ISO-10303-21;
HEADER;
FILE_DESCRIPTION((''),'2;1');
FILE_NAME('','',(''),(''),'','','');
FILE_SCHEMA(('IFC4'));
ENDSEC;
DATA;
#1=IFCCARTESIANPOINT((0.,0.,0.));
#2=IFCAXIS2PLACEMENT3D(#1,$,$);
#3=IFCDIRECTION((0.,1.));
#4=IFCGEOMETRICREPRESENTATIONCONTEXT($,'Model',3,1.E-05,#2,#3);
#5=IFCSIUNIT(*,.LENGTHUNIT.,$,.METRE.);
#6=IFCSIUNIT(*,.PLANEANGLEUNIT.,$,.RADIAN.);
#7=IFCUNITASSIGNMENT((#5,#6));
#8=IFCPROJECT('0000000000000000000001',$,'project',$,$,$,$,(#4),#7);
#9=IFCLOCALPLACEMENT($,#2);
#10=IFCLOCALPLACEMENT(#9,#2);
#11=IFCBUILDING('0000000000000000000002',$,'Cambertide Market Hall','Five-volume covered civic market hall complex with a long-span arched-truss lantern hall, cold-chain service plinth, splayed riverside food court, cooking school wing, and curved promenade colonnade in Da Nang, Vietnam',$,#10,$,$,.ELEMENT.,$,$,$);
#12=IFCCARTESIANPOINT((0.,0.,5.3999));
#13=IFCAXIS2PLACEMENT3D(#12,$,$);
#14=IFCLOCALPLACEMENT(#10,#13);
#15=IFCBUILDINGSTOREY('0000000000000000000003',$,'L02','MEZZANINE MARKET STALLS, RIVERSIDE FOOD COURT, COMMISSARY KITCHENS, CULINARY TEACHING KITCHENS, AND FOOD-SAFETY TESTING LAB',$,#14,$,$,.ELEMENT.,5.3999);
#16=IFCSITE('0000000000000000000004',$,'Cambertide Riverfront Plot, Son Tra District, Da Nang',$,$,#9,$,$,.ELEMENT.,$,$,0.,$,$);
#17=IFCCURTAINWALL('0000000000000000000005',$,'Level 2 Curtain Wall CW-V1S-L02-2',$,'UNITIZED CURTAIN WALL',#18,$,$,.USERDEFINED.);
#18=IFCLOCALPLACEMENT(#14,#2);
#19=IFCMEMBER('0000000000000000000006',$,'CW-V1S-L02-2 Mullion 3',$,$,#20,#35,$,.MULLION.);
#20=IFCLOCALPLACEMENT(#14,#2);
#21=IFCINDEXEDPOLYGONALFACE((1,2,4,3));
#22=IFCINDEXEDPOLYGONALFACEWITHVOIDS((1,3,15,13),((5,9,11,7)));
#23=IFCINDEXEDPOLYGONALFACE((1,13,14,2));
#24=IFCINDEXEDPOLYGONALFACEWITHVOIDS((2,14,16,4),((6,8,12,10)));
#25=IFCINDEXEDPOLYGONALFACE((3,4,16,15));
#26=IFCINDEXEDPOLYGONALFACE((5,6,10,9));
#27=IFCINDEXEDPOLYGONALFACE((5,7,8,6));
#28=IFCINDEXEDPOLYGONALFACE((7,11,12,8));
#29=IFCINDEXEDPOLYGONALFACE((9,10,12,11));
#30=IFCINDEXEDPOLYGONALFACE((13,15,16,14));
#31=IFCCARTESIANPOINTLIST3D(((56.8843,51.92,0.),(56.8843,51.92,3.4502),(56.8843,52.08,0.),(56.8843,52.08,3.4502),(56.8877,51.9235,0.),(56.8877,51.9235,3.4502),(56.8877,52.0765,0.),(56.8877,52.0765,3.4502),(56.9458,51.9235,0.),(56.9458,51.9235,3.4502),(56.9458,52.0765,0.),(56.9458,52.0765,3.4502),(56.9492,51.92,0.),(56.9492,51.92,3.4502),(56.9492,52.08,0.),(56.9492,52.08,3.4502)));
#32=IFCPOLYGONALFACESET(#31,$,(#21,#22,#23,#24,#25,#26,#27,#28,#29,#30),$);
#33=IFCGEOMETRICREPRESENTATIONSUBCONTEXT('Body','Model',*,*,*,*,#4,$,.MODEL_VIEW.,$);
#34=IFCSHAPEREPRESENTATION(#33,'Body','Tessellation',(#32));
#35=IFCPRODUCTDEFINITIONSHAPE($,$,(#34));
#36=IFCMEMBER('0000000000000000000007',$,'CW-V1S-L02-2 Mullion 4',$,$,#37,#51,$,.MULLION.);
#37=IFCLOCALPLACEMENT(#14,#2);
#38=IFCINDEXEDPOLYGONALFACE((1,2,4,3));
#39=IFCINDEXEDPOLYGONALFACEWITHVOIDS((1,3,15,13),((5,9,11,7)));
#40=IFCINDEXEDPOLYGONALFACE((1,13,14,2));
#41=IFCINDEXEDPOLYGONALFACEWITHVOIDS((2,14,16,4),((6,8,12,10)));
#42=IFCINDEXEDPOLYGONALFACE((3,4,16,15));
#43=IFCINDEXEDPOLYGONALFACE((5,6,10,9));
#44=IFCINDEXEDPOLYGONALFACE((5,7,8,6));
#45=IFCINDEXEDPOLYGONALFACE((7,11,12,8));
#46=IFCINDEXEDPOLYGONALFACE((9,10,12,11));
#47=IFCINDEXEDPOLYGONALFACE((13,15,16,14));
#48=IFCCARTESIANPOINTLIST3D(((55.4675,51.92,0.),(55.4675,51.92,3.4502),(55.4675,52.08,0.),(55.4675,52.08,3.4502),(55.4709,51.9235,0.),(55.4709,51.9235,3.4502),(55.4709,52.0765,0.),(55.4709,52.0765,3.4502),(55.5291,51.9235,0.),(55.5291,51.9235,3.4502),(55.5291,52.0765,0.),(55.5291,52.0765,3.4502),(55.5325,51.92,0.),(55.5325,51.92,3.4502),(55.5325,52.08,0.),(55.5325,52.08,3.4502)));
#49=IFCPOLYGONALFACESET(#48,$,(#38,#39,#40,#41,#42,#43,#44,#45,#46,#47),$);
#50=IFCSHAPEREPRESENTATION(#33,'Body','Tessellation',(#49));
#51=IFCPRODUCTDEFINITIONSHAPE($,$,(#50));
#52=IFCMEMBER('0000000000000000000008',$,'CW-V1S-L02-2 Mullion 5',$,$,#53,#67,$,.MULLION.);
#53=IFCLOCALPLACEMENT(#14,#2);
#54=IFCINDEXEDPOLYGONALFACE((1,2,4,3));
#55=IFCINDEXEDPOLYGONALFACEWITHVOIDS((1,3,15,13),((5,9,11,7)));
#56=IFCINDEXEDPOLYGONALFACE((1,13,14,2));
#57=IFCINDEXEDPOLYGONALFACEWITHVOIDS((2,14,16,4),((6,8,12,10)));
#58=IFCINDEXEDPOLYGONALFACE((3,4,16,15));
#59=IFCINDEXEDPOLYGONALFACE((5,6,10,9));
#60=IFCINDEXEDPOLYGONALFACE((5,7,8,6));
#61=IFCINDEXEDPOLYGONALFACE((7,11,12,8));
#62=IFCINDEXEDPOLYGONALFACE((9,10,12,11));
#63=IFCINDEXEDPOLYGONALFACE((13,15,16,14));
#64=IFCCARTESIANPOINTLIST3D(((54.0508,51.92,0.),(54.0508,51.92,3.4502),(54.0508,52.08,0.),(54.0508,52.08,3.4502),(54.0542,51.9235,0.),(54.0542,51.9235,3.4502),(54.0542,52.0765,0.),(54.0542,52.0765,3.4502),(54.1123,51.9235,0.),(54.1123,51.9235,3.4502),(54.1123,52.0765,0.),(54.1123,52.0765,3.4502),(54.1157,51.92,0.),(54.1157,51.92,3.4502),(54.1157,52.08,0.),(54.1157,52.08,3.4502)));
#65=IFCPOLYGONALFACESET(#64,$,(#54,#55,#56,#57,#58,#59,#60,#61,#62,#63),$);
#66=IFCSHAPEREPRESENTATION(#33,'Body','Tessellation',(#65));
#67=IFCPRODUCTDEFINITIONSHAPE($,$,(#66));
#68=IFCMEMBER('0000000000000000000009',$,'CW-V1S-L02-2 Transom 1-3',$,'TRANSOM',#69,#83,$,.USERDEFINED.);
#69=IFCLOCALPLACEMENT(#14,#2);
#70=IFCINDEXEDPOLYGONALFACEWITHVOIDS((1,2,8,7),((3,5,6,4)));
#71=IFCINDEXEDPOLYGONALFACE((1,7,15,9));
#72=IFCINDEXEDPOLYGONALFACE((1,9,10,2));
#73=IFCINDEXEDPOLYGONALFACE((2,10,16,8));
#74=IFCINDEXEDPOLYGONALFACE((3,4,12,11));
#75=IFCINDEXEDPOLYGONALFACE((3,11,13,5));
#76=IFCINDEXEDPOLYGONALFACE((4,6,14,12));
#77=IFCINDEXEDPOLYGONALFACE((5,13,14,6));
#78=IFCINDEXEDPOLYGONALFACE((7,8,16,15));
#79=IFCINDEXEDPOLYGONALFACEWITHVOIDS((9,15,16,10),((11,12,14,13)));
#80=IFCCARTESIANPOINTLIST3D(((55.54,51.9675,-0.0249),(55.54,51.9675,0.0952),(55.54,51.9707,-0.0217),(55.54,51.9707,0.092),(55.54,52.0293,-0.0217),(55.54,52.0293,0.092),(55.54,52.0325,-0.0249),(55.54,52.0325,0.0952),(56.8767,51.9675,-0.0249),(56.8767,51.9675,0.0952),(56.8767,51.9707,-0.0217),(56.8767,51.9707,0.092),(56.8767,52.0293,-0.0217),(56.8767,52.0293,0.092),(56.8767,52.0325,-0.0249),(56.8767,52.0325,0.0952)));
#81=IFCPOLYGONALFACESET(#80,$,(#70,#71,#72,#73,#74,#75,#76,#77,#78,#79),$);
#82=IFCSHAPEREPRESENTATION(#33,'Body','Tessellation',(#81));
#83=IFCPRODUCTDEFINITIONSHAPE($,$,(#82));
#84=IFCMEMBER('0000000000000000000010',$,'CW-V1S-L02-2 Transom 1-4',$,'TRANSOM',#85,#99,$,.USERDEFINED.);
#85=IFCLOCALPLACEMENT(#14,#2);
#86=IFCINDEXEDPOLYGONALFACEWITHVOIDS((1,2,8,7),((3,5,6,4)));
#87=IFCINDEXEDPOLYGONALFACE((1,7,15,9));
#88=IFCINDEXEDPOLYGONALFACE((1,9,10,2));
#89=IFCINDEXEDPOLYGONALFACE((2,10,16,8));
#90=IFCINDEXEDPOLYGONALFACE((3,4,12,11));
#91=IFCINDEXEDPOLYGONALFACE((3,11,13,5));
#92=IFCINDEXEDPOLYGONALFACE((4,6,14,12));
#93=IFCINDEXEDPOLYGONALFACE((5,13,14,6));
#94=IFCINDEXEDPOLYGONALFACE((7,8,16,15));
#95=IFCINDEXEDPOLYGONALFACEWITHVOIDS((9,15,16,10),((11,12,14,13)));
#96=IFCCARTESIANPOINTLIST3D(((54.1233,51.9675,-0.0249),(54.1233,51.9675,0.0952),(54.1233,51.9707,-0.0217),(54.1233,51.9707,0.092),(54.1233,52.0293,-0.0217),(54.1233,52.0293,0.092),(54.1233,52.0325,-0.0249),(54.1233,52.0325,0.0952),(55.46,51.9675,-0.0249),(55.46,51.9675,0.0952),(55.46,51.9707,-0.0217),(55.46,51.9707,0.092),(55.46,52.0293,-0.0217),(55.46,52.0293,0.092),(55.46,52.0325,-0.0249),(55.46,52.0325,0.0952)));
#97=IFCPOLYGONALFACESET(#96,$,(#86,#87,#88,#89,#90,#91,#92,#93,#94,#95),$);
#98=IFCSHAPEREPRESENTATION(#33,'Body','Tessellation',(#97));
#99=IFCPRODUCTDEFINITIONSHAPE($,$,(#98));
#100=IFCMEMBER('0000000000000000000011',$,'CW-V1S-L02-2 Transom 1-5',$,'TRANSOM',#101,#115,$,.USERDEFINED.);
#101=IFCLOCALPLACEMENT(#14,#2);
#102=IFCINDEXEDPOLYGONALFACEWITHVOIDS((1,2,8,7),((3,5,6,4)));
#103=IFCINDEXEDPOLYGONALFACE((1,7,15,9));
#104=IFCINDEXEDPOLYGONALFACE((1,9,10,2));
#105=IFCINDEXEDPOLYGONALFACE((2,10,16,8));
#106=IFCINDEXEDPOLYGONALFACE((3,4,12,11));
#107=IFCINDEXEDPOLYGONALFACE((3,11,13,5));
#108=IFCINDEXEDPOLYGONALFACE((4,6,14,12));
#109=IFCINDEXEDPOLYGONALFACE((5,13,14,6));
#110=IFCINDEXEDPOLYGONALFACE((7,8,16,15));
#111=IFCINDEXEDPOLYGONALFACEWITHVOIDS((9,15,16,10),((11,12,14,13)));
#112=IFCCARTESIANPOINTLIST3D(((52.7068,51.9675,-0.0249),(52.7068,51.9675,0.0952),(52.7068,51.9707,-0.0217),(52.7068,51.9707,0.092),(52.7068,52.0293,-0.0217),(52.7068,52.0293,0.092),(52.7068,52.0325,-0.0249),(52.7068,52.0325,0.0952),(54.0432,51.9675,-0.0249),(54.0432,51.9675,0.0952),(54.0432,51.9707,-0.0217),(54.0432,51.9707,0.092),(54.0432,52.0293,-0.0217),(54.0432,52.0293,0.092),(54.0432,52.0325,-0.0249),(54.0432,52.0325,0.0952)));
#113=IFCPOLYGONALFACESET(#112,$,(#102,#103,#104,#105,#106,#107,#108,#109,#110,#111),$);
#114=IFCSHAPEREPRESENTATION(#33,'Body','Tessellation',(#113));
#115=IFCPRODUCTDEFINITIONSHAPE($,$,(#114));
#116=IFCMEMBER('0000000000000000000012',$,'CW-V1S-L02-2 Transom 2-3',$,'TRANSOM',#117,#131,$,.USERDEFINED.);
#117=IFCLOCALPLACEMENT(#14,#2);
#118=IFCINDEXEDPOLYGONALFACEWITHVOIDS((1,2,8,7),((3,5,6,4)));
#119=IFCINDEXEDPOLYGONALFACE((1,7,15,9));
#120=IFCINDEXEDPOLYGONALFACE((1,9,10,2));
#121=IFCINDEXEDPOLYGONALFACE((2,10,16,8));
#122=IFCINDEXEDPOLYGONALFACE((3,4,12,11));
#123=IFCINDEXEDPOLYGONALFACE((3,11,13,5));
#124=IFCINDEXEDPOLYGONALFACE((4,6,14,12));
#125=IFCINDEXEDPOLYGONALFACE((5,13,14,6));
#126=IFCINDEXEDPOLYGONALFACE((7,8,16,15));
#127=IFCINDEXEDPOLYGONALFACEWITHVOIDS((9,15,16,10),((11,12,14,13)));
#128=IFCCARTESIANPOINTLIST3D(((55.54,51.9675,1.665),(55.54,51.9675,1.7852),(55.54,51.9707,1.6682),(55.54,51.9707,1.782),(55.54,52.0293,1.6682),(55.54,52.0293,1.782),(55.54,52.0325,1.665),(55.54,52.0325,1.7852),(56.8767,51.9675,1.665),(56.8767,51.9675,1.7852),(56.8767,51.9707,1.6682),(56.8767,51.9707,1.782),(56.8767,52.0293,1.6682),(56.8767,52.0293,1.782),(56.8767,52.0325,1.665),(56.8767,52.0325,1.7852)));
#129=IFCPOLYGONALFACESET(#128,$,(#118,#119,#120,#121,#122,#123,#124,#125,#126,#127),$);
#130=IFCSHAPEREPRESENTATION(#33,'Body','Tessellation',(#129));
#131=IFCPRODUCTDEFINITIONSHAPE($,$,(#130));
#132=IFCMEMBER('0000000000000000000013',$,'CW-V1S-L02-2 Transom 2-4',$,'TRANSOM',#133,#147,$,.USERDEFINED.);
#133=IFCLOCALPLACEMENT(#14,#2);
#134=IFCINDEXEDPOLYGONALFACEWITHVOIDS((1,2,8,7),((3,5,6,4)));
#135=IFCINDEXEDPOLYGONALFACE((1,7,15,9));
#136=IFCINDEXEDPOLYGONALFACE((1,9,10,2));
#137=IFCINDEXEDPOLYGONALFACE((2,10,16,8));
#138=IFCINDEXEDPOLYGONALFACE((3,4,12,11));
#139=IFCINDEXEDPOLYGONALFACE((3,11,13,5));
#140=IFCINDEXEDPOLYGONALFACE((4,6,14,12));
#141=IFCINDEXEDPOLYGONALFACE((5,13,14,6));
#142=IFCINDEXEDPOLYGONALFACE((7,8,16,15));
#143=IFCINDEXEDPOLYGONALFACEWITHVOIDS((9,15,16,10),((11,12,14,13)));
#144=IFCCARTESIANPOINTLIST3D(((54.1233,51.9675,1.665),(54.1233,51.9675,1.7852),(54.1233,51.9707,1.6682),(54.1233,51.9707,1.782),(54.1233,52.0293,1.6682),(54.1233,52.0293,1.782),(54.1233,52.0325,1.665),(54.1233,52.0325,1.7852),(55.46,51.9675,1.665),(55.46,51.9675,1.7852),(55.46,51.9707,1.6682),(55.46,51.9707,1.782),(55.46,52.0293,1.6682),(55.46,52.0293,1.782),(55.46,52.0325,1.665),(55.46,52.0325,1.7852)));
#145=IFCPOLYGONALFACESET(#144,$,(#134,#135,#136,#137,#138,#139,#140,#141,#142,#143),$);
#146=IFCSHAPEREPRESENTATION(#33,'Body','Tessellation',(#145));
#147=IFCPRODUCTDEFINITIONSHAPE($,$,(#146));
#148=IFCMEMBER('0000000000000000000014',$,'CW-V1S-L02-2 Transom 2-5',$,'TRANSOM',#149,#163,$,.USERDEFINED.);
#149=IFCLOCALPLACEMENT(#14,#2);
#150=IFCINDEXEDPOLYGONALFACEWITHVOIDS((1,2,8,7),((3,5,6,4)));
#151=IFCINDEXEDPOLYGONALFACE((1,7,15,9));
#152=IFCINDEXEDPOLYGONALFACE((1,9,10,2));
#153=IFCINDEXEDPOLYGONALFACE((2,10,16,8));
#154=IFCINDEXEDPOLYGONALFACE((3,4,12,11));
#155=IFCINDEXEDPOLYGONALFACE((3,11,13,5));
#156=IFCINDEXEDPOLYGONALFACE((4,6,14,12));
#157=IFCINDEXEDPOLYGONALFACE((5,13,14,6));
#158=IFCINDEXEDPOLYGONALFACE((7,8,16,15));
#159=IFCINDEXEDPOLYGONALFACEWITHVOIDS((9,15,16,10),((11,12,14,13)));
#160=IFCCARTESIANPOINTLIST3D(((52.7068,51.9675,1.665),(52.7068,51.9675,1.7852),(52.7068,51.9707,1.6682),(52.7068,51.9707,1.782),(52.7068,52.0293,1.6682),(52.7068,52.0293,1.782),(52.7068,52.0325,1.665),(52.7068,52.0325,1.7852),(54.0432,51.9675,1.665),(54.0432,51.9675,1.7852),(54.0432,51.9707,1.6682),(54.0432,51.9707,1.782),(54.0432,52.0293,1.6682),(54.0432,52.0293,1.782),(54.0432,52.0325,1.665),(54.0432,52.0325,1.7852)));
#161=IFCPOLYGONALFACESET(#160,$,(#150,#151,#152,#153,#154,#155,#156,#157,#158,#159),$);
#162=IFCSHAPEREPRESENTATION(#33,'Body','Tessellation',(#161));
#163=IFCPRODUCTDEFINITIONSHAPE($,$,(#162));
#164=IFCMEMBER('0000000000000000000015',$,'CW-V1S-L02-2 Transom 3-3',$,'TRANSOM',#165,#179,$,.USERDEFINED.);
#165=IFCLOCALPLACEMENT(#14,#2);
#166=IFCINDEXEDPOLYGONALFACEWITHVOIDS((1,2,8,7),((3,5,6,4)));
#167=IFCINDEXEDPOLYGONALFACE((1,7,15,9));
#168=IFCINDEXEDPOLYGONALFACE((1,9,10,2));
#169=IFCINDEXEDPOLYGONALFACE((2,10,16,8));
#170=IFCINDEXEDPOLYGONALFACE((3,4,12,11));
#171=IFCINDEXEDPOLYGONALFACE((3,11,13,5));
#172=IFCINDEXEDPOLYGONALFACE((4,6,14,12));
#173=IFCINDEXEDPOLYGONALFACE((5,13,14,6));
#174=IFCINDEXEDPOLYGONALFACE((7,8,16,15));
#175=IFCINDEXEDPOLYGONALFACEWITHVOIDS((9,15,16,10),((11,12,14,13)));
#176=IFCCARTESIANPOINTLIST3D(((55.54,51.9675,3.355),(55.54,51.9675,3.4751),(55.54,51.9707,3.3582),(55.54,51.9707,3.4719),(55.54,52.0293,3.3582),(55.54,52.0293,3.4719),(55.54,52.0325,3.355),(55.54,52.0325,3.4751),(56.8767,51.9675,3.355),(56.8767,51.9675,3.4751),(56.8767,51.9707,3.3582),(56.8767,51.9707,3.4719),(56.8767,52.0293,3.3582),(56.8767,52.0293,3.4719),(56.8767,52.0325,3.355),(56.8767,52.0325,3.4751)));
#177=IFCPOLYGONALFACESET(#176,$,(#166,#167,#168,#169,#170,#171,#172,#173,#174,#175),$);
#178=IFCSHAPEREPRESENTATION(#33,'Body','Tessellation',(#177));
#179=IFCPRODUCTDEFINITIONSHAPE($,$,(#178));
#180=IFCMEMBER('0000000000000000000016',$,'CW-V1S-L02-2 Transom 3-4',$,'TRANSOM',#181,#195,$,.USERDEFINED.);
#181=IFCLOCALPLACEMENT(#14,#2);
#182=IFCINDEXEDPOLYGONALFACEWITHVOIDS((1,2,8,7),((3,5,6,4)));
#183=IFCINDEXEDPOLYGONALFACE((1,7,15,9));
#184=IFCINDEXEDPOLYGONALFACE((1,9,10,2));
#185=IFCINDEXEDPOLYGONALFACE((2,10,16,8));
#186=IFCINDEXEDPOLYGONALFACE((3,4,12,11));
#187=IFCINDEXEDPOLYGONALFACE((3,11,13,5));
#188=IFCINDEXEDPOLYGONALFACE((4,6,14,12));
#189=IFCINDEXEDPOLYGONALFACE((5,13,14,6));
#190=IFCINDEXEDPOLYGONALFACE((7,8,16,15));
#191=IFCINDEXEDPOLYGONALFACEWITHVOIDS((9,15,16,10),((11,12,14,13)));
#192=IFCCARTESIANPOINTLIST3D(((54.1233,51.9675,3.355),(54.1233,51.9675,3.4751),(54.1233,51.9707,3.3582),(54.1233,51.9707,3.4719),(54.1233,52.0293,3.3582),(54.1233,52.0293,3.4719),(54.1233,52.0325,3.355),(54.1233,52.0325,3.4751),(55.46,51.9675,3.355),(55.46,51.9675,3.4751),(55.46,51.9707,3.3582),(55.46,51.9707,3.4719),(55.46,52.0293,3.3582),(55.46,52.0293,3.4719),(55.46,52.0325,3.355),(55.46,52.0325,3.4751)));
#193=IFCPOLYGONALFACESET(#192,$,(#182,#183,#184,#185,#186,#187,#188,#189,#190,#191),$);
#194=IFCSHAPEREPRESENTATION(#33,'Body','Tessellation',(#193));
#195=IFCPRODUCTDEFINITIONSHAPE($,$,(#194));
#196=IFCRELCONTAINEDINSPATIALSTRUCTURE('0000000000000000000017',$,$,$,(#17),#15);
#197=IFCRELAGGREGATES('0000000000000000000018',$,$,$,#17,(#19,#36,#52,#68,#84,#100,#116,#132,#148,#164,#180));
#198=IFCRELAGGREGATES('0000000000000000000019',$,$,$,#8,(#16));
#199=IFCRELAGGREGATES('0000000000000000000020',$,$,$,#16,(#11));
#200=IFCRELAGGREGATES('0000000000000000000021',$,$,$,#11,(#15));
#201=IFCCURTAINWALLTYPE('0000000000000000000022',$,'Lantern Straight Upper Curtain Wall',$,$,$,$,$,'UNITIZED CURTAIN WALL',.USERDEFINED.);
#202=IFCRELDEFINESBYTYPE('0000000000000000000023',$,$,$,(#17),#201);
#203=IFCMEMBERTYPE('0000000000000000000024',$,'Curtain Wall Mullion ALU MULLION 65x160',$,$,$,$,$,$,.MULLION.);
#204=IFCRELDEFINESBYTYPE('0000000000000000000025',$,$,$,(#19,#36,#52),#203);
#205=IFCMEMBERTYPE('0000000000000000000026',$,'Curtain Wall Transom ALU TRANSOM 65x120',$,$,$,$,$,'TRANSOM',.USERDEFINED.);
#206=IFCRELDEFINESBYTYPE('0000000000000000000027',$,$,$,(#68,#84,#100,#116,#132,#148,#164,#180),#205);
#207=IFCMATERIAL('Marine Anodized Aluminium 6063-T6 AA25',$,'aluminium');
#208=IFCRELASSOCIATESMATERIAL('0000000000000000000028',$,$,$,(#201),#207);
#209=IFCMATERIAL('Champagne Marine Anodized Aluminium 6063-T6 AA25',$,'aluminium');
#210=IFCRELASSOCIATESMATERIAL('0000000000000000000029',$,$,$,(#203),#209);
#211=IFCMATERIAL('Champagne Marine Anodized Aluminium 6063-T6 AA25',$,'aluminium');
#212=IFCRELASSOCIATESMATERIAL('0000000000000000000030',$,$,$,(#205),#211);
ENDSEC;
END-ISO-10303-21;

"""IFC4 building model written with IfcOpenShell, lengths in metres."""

from ifc_helpers import new_model, si_unit, direction, frame, origin, origin_2d, place, context, subcontext, project, spatial, hollow_rectangle, extrude, material, material_profile, profile_set, type_object, element, aggregate, save


model = new_model("IFC4")

# Units and contexts
model_context = context("Model", 3, precision=1e-05, world=origin(), true_north=direction((0.0, 1.0)))
body_context = subcontext(model_context, "Body", "Model", "MODEL_VIEW")
ifc_project = project(units=[si_unit("LENGTHUNIT", "METRE"), si_unit("PLANEANGLEUNIT", "RADIAN")], contexts=[model_context])

# Site, building, storey
site_placement = place(None, origin())
site = spatial("IfcSite", under=ifc_project, at=site_placement, Name="Cambertide Riverfront Plot, Son Tra District, Da Nang", CompositionType="ELEMENT", RefElevation=0.0)
building_placement = place(site_placement, origin())
building = spatial("IfcBuilding", under=site, at=building_placement, Name="Cambertide Market Hall", Description="Five-volume covered civic market hall complex with a long-span arched-truss lantern hall, cold-chain service plinth, splayed riverside food court, cooking school wing, and curved promenade colonnade in Da Nang, Vietnam", CompositionType="ELEMENT")
storey_placement = place(building_placement, frame((0.0, 0.0, 5.3999)))
storey = spatial("IfcBuildingStorey", under=building, at=storey_placement, Name="L02", Description="MEZZANINE MARKET STALLS, RIVERSIDE FOOD COURT, COMMISSARY KITCHENS, CULINARY TEACHING KITCHENS, AND FOOD-SAFETY TESTING LAB", CompositionType="ELEMENT", Elevation=5.3999)

# Curtain wall, members
ifc_material_1 = material(Name="Marine Anodized Aluminium 6063-T6 AA25", Category="aluminium")
curtain_wall_type = type_object("IfcCurtainWallType", Name="Lantern Straight Upper Curtain Wall", ElementType="UNITIZED CURTAIN WALL", PredefinedType="USERDEFINED", material=ifc_material_1)
curtain_wall_placement = place(storey_placement, origin())
curtain_wall = element("IfcCurtainWall", 1, at=curtain_wall_placement, inside=storey, type_object=curtain_wall_type, Name="Level 2 Curtain Wall CW-V1S-L02-2", ObjectType="UNITIZED CURTAIN WALL", PredefinedType="USERDEFINED")
ifc_material_2 = material(Name="Champagne Marine Anodized Aluminium 6063-T6 AA25", Category="aluminium")
ifc_material_profile_1 = material_profile(ifc_material_2, hollow_rectangle(XDim=0.0649, YDim=0.1599, WallThickness=0.0034, at=origin_2d()), Name="ALU MULLION 65x160")
ifc_profile_set_1 = profile_set([ifc_material_profile_1], Name="Champagne Marine Anodized Aluminium 6063-T6 AA25")
member_type_1 = type_object("IfcMemberType", Name="Curtain Wall Mullion ALU MULLION 65x160", PredefinedType="MULLION", material=ifc_profile_set_1)
member_1_placement = place(storey_placement, frame((56.9167, 52.0, 0.0), z_axis=(0.0, 0.0, 1.0), x_axis=(-1.0, 0.0, 0.0)))
member_1 = element("IfcMember", 2, at=member_1_placement, type_object=member_type_1, Name="CW-V1S-L02-2 Mullion 3", PredefinedType="MULLION", context=body_context, shape_type="SweptSolid", body=[
    extrude(hollow_rectangle(XDim=0.0649, YDim=0.1599, WallThickness=0.0034, at=origin_2d()), origin(), (0.0, 0.0, 1.0), 3.4502),
])
member_2_placement = place(storey_placement, frame((55.5, 52.0, 0.0), z_axis=(0.0, 0.0, 1.0), x_axis=(-1.0, 0.0, 0.0)))
member_2 = element("IfcMember", 3, at=member_2_placement, type_object=member_type_1, Name="CW-V1S-L02-2 Mullion 4", PredefinedType="MULLION", context=body_context, shape_type="SweptSolid", body=[
    extrude(hollow_rectangle(XDim=0.0649, YDim=0.1599, WallThickness=0.0034, at=origin_2d()), origin(), (0.0, 0.0, 1.0), 3.4502),
])
member_3_placement = place(storey_placement, frame((54.0833, 52.0, 0.0), z_axis=(0.0, 0.0, 1.0), x_axis=(-1.0, 0.0, 0.0)))
member_3 = element("IfcMember", 4, at=member_3_placement, type_object=member_type_1, Name="CW-V1S-L02-2 Mullion 5", PredefinedType="MULLION", context=body_context, shape_type="SweptSolid", body=[
    extrude(hollow_rectangle(XDim=0.0649, YDim=0.1599, WallThickness=0.0034, at=origin_2d()), origin(), (0.0, 0.0, 1.0), 3.4502),
])
ifc_material_3 = material(Name="Champagne Marine Anodized Aluminium 6063-T6 AA25", Category="aluminium")
ifc_material_profile_2 = material_profile(ifc_material_3, hollow_rectangle(XDim=0.0649, YDim=0.1201, WallThickness=0.0032, at=origin_2d()), Name="ALU TRANSOM 65x120")
ifc_profile_set_2 = profile_set([ifc_material_profile_2], Name="Champagne Marine Anodized Aluminium 6063-T6 AA25")
member_type_2 = type_object("IfcMemberType", Name="Curtain Wall Transom ALU TRANSOM 65x120", ElementType="TRANSOM", PredefinedType="USERDEFINED", material=ifc_profile_set_2)
member_4_placement = place(storey_placement, frame((56.8767, 52.0, 0.0352), z_axis=(-1.0, 0.0, 0.0), x_axis=(0.0, -1.0, 0.0)))
member_4 = element("IfcMember", 5, at=member_4_placement, type_object=member_type_2, Name="CW-V1S-L02-2 Transom 1-3", ObjectType="TRANSOM", PredefinedType="USERDEFINED", context=body_context, shape_type="SweptSolid", body=[
    extrude(hollow_rectangle(XDim=0.0649, YDim=0.1201, WallThickness=0.0032, at=origin_2d()), origin(), (0.0, 0.0, 1.0), 1.3367),
])
member_5_placement = place(storey_placement, frame((55.46, 52.0, 0.0352), z_axis=(-1.0, 0.0, 0.0), x_axis=(0.0, -1.0, 0.0)))
member_5 = element("IfcMember", 6, at=member_5_placement, type_object=member_type_2, Name="CW-V1S-L02-2 Transom 1-4", ObjectType="TRANSOM", PredefinedType="USERDEFINED", context=body_context, shape_type="SweptSolid", body=[
    extrude(hollow_rectangle(XDim=0.0649, YDim=0.1201, WallThickness=0.0032, at=origin_2d()), origin(), (0.0, 0.0, 1.0), 1.3367),
])
member_6_placement = place(storey_placement, frame((54.0432, 52.0, 0.0352), z_axis=(-1.0, 0.0, 0.0), x_axis=(0.0, -1.0, 0.0)))
member_6 = element("IfcMember", 7, at=member_6_placement, type_object=member_type_2, Name="CW-V1S-L02-2 Transom 1-5", ObjectType="TRANSOM", PredefinedType="USERDEFINED", context=body_context, shape_type="SweptSolid", body=[
    extrude(hollow_rectangle(XDim=0.0649, YDim=0.1201, WallThickness=0.0032, at=origin_2d()), origin(), (0.0, 0.0, 1.0), 1.3364),
])
member_7_placement = place(storey_placement, frame((56.8767, 52.0, 1.7251), z_axis=(-1.0, 0.0, 0.0), x_axis=(0.0, -1.0, 0.0)))
member_7 = element("IfcMember", 8, at=member_7_placement, type_object=member_type_2, Name="CW-V1S-L02-2 Transom 2-3", ObjectType="TRANSOM", PredefinedType="USERDEFINED", context=body_context, shape_type="SweptSolid", body=[
    extrude(hollow_rectangle(XDim=0.0649, YDim=0.1201, WallThickness=0.0032, at=origin_2d()), origin(), (0.0, 0.0, 1.0), 1.3367),
])
member_8_placement = place(storey_placement, frame((55.46, 52.0, 1.7251), z_axis=(-1.0, 0.0, 0.0), x_axis=(0.0, -1.0, 0.0)))
member_8 = element("IfcMember", 9, at=member_8_placement, type_object=member_type_2, Name="CW-V1S-L02-2 Transom 2-4", ObjectType="TRANSOM", PredefinedType="USERDEFINED", context=body_context, shape_type="SweptSolid", body=[
    extrude(hollow_rectangle(XDim=0.0649, YDim=0.1201, WallThickness=0.0032, at=origin_2d()), origin(), (0.0, 0.0, 1.0), 1.3367),
])
member_9_placement = place(storey_placement, frame((54.0432, 52.0, 1.7251), z_axis=(-1.0, 0.0, 0.0), x_axis=(0.0, -1.0, 0.0)))
member_9 = element("IfcMember", 10, at=member_9_placement, type_object=member_type_2, Name="CW-V1S-L02-2 Transom 2-5", ObjectType="TRANSOM", PredefinedType="USERDEFINED", context=body_context, shape_type="SweptSolid", body=[
    extrude(hollow_rectangle(XDim=0.0649, YDim=0.1201, WallThickness=0.0032, at=origin_2d()), origin(), (0.0, 0.0, 1.0), 1.3364),
])
member_10_placement = place(storey_placement, frame((56.8767, 52.0, 3.415), z_axis=(-1.0, 0.0, 0.0), x_axis=(0.0, -1.0, 0.0)))
member_10 = element("IfcMember", 11, at=member_10_placement, type_object=member_type_2, Name="CW-V1S-L02-2 Transom 3-3", ObjectType="TRANSOM", PredefinedType="USERDEFINED", context=body_context, shape_type="SweptSolid", body=[
    extrude(hollow_rectangle(XDim=0.0649, YDim=0.1201, WallThickness=0.0032, at=origin_2d()), origin(), (0.0, 0.0, 1.0), 1.3367),
])
member_11_placement = place(storey_placement, frame((55.46, 52.0, 3.415), z_axis=(-1.0, 0.0, 0.0), x_axis=(0.0, -1.0, 0.0)))
member_11 = element("IfcMember", 12, at=member_11_placement, type_object=member_type_2, Name="CW-V1S-L02-2 Transom 3-4", ObjectType="TRANSOM", PredefinedType="USERDEFINED", context=body_context, shape_type="SweptSolid", body=[
    extrude(hollow_rectangle(XDim=0.0649, YDim=0.1201, WallThickness=0.0032, at=origin_2d()), origin(), (0.0, 0.0, 1.0), 1.3367),
])
aggregate(curtain_wall, [member_1, member_2, member_3, member_4, member_5, member_6, member_7, member_8, member_9, member_10, member_11])

save(model, "model.ifc")
